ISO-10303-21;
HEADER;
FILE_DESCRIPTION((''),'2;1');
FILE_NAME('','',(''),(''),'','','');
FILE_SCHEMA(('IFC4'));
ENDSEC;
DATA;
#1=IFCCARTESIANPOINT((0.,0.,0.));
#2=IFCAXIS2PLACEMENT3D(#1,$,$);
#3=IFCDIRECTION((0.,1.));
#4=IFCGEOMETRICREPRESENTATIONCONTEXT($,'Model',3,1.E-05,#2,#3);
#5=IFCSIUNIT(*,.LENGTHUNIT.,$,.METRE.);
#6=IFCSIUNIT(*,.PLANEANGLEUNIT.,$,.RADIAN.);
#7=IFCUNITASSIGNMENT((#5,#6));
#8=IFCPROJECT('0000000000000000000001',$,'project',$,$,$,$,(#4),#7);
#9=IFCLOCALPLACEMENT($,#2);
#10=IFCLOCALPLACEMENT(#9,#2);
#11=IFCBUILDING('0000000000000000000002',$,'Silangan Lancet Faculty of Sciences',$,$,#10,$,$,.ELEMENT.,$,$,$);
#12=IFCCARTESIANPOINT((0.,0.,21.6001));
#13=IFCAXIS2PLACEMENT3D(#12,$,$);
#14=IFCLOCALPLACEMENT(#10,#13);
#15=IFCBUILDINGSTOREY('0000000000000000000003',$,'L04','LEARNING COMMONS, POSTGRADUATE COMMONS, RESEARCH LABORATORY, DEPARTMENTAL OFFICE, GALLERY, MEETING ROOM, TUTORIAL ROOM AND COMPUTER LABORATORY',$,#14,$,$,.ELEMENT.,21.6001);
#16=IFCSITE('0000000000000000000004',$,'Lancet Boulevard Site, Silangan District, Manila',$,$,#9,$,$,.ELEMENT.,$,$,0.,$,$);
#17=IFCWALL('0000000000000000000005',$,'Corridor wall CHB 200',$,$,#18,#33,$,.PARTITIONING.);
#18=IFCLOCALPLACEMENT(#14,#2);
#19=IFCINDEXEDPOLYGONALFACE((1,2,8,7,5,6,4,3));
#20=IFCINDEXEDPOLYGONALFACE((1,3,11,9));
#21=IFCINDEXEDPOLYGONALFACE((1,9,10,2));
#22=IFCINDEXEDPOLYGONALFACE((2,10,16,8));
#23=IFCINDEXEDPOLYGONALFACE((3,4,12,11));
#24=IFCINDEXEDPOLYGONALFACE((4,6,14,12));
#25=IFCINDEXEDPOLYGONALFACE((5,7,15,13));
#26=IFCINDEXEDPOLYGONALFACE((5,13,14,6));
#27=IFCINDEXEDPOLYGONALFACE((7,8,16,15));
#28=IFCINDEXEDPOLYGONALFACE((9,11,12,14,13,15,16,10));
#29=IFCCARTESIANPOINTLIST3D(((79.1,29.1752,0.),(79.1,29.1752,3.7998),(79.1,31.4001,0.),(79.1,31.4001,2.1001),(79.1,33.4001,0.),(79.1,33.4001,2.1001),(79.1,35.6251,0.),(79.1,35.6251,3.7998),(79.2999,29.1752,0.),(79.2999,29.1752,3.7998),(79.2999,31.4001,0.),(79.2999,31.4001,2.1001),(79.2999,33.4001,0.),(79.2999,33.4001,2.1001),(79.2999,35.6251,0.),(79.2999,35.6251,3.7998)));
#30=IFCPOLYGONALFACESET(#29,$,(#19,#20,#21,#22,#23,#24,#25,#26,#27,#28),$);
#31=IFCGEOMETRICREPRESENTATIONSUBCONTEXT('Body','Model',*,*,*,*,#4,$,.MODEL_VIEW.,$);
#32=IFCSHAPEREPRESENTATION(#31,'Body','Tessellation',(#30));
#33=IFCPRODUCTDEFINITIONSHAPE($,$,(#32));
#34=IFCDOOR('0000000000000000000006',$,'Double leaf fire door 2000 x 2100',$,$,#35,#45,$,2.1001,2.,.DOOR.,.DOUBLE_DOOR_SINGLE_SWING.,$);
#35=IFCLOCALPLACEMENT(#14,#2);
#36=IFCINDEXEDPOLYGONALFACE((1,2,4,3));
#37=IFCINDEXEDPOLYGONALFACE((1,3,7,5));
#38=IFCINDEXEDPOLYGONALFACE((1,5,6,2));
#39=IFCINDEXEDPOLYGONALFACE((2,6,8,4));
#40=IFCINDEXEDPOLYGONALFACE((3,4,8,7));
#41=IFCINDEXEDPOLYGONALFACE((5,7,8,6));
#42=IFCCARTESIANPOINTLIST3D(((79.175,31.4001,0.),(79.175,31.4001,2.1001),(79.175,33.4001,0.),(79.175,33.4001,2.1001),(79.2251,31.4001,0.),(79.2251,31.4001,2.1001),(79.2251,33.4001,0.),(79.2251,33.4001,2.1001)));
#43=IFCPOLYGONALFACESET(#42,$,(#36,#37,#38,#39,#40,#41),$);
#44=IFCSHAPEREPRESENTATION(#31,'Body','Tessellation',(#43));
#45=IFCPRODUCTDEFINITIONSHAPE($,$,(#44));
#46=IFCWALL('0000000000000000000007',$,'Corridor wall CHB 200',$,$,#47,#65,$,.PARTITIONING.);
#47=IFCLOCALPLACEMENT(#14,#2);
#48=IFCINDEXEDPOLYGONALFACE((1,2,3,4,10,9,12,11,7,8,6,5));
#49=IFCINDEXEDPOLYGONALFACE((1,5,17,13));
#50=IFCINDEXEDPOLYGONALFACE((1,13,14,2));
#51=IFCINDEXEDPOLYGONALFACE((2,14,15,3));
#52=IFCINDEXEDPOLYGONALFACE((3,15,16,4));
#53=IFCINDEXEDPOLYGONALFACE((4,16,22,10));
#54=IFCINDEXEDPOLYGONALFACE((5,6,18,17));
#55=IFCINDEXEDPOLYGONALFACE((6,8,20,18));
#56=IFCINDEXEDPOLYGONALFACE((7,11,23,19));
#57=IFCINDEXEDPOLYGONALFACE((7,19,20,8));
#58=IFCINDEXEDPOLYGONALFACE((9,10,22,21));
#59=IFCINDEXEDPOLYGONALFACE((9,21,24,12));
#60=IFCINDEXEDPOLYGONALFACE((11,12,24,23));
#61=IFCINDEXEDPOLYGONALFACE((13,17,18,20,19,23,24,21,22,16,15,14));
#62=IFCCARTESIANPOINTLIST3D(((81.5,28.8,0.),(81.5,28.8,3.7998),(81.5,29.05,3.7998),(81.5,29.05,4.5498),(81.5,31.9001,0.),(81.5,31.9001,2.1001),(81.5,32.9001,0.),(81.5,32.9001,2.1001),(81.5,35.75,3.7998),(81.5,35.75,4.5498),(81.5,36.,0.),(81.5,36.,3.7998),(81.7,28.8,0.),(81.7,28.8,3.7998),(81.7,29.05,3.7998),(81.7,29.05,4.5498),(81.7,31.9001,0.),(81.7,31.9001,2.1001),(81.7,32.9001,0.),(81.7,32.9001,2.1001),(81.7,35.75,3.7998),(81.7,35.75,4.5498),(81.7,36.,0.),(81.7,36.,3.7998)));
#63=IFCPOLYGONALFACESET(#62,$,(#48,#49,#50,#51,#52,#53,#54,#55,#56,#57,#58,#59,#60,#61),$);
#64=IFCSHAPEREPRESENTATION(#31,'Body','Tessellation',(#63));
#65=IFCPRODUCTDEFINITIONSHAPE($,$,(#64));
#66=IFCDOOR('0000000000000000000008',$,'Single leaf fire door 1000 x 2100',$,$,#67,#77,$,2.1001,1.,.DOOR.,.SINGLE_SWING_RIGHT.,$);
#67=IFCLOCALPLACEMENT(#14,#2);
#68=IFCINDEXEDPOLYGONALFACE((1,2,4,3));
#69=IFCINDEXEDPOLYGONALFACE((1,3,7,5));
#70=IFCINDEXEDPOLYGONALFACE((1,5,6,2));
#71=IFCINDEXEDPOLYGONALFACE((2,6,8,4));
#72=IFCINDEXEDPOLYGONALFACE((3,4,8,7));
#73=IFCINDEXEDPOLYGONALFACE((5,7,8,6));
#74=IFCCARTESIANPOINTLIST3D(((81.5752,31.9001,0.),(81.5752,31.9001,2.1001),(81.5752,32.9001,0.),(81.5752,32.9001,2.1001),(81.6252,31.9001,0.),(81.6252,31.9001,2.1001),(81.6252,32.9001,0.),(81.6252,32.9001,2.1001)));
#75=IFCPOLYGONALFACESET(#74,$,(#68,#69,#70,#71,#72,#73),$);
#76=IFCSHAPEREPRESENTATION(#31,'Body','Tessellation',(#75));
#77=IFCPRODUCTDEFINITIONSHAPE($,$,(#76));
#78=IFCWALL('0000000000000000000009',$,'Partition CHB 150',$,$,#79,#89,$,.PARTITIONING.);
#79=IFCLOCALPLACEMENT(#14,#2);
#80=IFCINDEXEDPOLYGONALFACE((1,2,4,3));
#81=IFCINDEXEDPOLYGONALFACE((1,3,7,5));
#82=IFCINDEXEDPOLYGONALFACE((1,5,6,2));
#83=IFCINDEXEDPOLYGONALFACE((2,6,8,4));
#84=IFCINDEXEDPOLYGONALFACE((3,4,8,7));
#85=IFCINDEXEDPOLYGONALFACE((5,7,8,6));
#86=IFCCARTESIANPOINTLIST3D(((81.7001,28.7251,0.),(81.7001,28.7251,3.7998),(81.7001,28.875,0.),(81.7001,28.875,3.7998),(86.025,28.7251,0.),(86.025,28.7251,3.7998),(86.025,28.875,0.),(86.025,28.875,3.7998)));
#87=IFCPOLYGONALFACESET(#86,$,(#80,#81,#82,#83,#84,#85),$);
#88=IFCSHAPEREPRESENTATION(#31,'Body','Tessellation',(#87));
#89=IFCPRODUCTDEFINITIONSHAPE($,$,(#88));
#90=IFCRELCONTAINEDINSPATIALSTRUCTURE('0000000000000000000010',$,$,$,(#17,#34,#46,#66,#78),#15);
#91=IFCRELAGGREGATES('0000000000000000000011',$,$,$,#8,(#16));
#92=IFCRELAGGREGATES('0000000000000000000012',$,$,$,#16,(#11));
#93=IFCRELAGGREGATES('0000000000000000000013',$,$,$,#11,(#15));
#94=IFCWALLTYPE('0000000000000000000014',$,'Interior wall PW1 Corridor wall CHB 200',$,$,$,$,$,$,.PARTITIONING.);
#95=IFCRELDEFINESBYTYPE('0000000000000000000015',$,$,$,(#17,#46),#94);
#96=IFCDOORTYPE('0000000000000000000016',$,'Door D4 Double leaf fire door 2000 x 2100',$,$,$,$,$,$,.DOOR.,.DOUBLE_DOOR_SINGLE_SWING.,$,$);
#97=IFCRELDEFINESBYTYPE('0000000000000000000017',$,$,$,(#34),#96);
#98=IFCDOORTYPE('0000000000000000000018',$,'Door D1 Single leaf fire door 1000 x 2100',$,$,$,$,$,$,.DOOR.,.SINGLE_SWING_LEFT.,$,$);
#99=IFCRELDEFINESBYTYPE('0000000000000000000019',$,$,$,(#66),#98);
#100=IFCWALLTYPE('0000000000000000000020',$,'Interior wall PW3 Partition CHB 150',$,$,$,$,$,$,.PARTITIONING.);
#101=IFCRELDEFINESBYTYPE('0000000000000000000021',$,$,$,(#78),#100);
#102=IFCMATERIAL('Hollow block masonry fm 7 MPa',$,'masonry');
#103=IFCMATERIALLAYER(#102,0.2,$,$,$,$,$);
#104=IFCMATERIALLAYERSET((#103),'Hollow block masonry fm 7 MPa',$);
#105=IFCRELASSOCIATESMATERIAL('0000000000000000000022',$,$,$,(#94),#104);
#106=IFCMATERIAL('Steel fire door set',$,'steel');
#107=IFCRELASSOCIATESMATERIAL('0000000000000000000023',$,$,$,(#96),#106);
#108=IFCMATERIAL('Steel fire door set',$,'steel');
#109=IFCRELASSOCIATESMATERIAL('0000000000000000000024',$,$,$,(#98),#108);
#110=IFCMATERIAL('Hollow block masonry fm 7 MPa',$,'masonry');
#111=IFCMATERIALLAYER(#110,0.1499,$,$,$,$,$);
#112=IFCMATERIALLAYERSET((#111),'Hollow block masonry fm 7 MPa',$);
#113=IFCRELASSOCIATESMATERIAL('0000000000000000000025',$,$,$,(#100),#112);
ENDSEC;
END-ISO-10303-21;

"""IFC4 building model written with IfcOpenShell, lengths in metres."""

from ifc_helpers import new_model, si_unit, direction, frame, frame_2d, origin, place, context, subcontext, project, spatial, polyline, rectangle, outline, extrude, material, layer, layer_set, type_object, element, fill, save


model = new_model("IFC4")

# Units and contexts
model_context = context("Model", 3, precision=1e-05, world=origin(), true_north=direction((0.0, 1.0)))
body_context = subcontext(model_context, "Body", "Model", "MODEL_VIEW")
ifc_project = project(units=[si_unit("LENGTHUNIT", "METRE"), si_unit("PLANEANGLEUNIT", "RADIAN")], contexts=[model_context])

# Site, building, storey
site_placement = place(None, origin())
site = spatial("IfcSite", under=ifc_project, at=site_placement, Name="Lancet Boulevard Site, Silangan District, Manila", CompositionType="ELEMENT", RefElevation=0.0)
building_placement = place(site_placement, origin())
building = spatial("IfcBuilding", under=site, at=building_placement, Name="Silangan Lancet Faculty of Sciences", CompositionType="ELEMENT")
storey_placement = place(building_placement, frame((0.0, 0.0, 21.6001)))
storey = spatial("IfcBuildingStorey", under=building, at=storey_placement, Name="L04", Description="LEARNING COMMONS, POSTGRADUATE COMMONS, RESEARCH LABORATORY, DEPARTMENTAL OFFICE, GALLERY, MEETING ROOM, TUTORIAL ROOM AND COMPUTER LABORATORY", CompositionType="ELEMENT", Elevation=21.6001)

# Walls, openings, doors
ifc_material_1 = material(Name="Hollow block masonry fm 7 MPa", Category="masonry")
ifc_layer_1 = layer(ifc_material_1, 0.2)
ifc_layer_set_1 = layer_set([ifc_layer_1], Name="Hollow block masonry fm 7 MPa")
wall_type_1 = type_object("IfcWallType", Name="Interior wall PW1 Corridor wall CHB 200", PredefinedType="PARTITIONING", material=ifc_layer_set_1)
wall_1_placement = place(storey_placement, frame((79.2, 29.175, 0.0), z_axis=(0.0, 0.0, 1.0), x_axis=(0.0, 1.0, 0.0)))
wall_1 = element("IfcWall", 1, at=wall_1_placement, inside=storey, type_object=wall_type_1, Name="Corridor wall CHB 200", PredefinedType="PARTITIONING", context=body_context, shape_type="SweptSolid", body=[
    extrude(rectangle(XDim=6.45, YDim=0.2, at=frame_2d((3.2251, 0.0))), origin(), (0.0, 0.0, 1.0), 3.7998),
])
opening_1_placement = place(wall_1_placement, frame((2.2251, 0.0, 0.0)))
opening_1 = element("IfcOpeningElement", 2, at=opening_1_placement, cuts=wall_1, PredefinedType="OPENING", context=body_context, shape_type="SweptSolid", body=[
    extrude(rectangle(XDim=2.0, YDim=2.1001, at=frame_2d((1.0, 1.05))), frame((0.0, 0.1099, 0.0), z_axis=(0.0, -1.0, 0.0), x_axis=(1.0, 0.0, 0.0)), (0.0, 0.0, 1.0), 0.22),
])
ifc_material_2 = material(Name="Steel fire door set", Category="steel")
door_type_1 = type_object("IfcDoorType", Name="Door D4 Double leaf fire door 2000 x 2100", OperationType="DOUBLE_DOOR_SINGLE_SWING", PredefinedType="DOOR", material=ifc_material_2)
door_1_placement = place(opening_1_placement, origin())
door_1 = element("IfcDoor", 3, at=door_1_placement, inside=storey, type_object=door_type_1, Name="Double leaf fire door 2000 x 2100", OperationType="DOUBLE_DOOR_SINGLE_SWING", OverallHeight=2.1001, OverallWidth=2.0, PredefinedType="DOOR", context=body_context, shape_type="SweptSolid", body=[
    extrude(rectangle(XDim=2.0, YDim=2.1001, at=frame_2d((1.0, 1.05))), frame((0.0, 0.0249, 0.0), z_axis=(0.0, -1.0, 0.0), x_axis=(1.0, 0.0, 0.0)), (0.0, 0.0, 1.0), 0.05),
])
fill(opening_1, door_1)
wall_2_placement = place(storey_placement, frame((81.6001, 28.8, 0.0), z_axis=(0.0, 0.0, 1.0), x_axis=(0.0, 1.0, 0.0)))
wall_2 = element("IfcWall", 4, at=wall_2_placement, inside=storey, type_object=wall_type_1, Name="Corridor wall CHB 200", PredefinedType="PARTITIONING", context=body_context, shape_type="SweptSolid", body=[
    extrude(outline(polyline([(0.0, 0.0), (7.2, 0.0), (7.2, 3.7998), (6.95, 3.7998), (6.95, 4.5498), (0.25, 4.5498), (0.25, 3.7998), (0.0, 3.7998), (0.0, 0.0)])), frame((0.0, 0.1001, 0.0), z_axis=(0.0, -1.0, 0.0), x_axis=(1.0, 0.0, 0.0)), (0.0, 0.0, 1.0), 0.2),
])
opening_2_placement = place(wall_2_placement, frame((3.1001, 0.0, 0.0)))
opening_2 = element("IfcOpeningElement", 5, at=opening_2_placement, cuts=wall_2, PredefinedType="OPENING", context=body_context, shape_type="SweptSolid", body=[
    extrude(rectangle(XDim=1.0, YDim=2.1001, at=frame_2d((0.5, 1.05))), frame((0.0, 0.1099, 0.0), z_axis=(0.0, -1.0, 0.0), x_axis=(1.0, 0.0, 0.0)), (0.0, 0.0, 1.0), 0.22),
])
ifc_material_3 = material(Name="Steel fire door set", Category="steel")
door_type_2 = type_object("IfcDoorType", Name="Door D1 Single leaf fire door 1000 x 2100", OperationType="SINGLE_SWING_LEFT", PredefinedType="DOOR", material=ifc_material_3)
door_2_placement = place(opening_2_placement, frame((1.0, 0.0, 0.0), z_axis=(0.0, 0.0, 1.0), x_axis=(-1.0, 0.0, 0.0)))
door_2 = element("IfcDoor", 6, at=door_2_placement, inside=storey, type_object=door_type_2, Name="Single leaf fire door 1000 x 2100", OperationType="SINGLE_SWING_RIGHT", OverallHeight=2.1001, OverallWidth=1.0, PredefinedType="DOOR", context=body_context, shape_type="SweptSolid", body=[
    extrude(rectangle(XDim=1.0, YDim=2.1001, at=frame_2d((0.5, 1.05))), frame((0.0, 0.0251, 0.0), z_axis=(0.0, -1.0, 0.0), x_axis=(1.0, 0.0, 0.0)), (0.0, 0.0, 1.0), 0.05),
])
fill(opening_2, door_2)

# Wall
ifc_material_4 = material(Name="Hollow block masonry fm 7 MPa", Category="masonry")
ifc_layer_2 = layer(ifc_material_4, 0.1499)
ifc_layer_set_2 = layer_set([ifc_layer_2], Name="Hollow block masonry fm 7 MPa")
wall_type_2 = type_object("IfcWallType", Name="Interior wall PW3 Partition CHB 150", PredefinedType="PARTITIONING", material=ifc_layer_set_2)
wall_3_placement = place(storey_placement, frame((81.7, 28.8, 0.0), z_axis=(0.0, 0.0, 1.0), x_axis=(1.0, 0.0, 0.0)))
element("IfcWall", 7, at=wall_3_placement, inside=storey, type_object=wall_type_2, Name="Partition CHB 150", PredefinedType="PARTITIONING", context=body_context, shape_type="SweptSolid", body=[
    extrude(rectangle(XDim=4.325, YDim=0.1499, at=frame_2d((2.1626, 0.0))), origin(), (0.0, 0.0, 1.0), 3.7998),
])

save(model, "model.ifc")
